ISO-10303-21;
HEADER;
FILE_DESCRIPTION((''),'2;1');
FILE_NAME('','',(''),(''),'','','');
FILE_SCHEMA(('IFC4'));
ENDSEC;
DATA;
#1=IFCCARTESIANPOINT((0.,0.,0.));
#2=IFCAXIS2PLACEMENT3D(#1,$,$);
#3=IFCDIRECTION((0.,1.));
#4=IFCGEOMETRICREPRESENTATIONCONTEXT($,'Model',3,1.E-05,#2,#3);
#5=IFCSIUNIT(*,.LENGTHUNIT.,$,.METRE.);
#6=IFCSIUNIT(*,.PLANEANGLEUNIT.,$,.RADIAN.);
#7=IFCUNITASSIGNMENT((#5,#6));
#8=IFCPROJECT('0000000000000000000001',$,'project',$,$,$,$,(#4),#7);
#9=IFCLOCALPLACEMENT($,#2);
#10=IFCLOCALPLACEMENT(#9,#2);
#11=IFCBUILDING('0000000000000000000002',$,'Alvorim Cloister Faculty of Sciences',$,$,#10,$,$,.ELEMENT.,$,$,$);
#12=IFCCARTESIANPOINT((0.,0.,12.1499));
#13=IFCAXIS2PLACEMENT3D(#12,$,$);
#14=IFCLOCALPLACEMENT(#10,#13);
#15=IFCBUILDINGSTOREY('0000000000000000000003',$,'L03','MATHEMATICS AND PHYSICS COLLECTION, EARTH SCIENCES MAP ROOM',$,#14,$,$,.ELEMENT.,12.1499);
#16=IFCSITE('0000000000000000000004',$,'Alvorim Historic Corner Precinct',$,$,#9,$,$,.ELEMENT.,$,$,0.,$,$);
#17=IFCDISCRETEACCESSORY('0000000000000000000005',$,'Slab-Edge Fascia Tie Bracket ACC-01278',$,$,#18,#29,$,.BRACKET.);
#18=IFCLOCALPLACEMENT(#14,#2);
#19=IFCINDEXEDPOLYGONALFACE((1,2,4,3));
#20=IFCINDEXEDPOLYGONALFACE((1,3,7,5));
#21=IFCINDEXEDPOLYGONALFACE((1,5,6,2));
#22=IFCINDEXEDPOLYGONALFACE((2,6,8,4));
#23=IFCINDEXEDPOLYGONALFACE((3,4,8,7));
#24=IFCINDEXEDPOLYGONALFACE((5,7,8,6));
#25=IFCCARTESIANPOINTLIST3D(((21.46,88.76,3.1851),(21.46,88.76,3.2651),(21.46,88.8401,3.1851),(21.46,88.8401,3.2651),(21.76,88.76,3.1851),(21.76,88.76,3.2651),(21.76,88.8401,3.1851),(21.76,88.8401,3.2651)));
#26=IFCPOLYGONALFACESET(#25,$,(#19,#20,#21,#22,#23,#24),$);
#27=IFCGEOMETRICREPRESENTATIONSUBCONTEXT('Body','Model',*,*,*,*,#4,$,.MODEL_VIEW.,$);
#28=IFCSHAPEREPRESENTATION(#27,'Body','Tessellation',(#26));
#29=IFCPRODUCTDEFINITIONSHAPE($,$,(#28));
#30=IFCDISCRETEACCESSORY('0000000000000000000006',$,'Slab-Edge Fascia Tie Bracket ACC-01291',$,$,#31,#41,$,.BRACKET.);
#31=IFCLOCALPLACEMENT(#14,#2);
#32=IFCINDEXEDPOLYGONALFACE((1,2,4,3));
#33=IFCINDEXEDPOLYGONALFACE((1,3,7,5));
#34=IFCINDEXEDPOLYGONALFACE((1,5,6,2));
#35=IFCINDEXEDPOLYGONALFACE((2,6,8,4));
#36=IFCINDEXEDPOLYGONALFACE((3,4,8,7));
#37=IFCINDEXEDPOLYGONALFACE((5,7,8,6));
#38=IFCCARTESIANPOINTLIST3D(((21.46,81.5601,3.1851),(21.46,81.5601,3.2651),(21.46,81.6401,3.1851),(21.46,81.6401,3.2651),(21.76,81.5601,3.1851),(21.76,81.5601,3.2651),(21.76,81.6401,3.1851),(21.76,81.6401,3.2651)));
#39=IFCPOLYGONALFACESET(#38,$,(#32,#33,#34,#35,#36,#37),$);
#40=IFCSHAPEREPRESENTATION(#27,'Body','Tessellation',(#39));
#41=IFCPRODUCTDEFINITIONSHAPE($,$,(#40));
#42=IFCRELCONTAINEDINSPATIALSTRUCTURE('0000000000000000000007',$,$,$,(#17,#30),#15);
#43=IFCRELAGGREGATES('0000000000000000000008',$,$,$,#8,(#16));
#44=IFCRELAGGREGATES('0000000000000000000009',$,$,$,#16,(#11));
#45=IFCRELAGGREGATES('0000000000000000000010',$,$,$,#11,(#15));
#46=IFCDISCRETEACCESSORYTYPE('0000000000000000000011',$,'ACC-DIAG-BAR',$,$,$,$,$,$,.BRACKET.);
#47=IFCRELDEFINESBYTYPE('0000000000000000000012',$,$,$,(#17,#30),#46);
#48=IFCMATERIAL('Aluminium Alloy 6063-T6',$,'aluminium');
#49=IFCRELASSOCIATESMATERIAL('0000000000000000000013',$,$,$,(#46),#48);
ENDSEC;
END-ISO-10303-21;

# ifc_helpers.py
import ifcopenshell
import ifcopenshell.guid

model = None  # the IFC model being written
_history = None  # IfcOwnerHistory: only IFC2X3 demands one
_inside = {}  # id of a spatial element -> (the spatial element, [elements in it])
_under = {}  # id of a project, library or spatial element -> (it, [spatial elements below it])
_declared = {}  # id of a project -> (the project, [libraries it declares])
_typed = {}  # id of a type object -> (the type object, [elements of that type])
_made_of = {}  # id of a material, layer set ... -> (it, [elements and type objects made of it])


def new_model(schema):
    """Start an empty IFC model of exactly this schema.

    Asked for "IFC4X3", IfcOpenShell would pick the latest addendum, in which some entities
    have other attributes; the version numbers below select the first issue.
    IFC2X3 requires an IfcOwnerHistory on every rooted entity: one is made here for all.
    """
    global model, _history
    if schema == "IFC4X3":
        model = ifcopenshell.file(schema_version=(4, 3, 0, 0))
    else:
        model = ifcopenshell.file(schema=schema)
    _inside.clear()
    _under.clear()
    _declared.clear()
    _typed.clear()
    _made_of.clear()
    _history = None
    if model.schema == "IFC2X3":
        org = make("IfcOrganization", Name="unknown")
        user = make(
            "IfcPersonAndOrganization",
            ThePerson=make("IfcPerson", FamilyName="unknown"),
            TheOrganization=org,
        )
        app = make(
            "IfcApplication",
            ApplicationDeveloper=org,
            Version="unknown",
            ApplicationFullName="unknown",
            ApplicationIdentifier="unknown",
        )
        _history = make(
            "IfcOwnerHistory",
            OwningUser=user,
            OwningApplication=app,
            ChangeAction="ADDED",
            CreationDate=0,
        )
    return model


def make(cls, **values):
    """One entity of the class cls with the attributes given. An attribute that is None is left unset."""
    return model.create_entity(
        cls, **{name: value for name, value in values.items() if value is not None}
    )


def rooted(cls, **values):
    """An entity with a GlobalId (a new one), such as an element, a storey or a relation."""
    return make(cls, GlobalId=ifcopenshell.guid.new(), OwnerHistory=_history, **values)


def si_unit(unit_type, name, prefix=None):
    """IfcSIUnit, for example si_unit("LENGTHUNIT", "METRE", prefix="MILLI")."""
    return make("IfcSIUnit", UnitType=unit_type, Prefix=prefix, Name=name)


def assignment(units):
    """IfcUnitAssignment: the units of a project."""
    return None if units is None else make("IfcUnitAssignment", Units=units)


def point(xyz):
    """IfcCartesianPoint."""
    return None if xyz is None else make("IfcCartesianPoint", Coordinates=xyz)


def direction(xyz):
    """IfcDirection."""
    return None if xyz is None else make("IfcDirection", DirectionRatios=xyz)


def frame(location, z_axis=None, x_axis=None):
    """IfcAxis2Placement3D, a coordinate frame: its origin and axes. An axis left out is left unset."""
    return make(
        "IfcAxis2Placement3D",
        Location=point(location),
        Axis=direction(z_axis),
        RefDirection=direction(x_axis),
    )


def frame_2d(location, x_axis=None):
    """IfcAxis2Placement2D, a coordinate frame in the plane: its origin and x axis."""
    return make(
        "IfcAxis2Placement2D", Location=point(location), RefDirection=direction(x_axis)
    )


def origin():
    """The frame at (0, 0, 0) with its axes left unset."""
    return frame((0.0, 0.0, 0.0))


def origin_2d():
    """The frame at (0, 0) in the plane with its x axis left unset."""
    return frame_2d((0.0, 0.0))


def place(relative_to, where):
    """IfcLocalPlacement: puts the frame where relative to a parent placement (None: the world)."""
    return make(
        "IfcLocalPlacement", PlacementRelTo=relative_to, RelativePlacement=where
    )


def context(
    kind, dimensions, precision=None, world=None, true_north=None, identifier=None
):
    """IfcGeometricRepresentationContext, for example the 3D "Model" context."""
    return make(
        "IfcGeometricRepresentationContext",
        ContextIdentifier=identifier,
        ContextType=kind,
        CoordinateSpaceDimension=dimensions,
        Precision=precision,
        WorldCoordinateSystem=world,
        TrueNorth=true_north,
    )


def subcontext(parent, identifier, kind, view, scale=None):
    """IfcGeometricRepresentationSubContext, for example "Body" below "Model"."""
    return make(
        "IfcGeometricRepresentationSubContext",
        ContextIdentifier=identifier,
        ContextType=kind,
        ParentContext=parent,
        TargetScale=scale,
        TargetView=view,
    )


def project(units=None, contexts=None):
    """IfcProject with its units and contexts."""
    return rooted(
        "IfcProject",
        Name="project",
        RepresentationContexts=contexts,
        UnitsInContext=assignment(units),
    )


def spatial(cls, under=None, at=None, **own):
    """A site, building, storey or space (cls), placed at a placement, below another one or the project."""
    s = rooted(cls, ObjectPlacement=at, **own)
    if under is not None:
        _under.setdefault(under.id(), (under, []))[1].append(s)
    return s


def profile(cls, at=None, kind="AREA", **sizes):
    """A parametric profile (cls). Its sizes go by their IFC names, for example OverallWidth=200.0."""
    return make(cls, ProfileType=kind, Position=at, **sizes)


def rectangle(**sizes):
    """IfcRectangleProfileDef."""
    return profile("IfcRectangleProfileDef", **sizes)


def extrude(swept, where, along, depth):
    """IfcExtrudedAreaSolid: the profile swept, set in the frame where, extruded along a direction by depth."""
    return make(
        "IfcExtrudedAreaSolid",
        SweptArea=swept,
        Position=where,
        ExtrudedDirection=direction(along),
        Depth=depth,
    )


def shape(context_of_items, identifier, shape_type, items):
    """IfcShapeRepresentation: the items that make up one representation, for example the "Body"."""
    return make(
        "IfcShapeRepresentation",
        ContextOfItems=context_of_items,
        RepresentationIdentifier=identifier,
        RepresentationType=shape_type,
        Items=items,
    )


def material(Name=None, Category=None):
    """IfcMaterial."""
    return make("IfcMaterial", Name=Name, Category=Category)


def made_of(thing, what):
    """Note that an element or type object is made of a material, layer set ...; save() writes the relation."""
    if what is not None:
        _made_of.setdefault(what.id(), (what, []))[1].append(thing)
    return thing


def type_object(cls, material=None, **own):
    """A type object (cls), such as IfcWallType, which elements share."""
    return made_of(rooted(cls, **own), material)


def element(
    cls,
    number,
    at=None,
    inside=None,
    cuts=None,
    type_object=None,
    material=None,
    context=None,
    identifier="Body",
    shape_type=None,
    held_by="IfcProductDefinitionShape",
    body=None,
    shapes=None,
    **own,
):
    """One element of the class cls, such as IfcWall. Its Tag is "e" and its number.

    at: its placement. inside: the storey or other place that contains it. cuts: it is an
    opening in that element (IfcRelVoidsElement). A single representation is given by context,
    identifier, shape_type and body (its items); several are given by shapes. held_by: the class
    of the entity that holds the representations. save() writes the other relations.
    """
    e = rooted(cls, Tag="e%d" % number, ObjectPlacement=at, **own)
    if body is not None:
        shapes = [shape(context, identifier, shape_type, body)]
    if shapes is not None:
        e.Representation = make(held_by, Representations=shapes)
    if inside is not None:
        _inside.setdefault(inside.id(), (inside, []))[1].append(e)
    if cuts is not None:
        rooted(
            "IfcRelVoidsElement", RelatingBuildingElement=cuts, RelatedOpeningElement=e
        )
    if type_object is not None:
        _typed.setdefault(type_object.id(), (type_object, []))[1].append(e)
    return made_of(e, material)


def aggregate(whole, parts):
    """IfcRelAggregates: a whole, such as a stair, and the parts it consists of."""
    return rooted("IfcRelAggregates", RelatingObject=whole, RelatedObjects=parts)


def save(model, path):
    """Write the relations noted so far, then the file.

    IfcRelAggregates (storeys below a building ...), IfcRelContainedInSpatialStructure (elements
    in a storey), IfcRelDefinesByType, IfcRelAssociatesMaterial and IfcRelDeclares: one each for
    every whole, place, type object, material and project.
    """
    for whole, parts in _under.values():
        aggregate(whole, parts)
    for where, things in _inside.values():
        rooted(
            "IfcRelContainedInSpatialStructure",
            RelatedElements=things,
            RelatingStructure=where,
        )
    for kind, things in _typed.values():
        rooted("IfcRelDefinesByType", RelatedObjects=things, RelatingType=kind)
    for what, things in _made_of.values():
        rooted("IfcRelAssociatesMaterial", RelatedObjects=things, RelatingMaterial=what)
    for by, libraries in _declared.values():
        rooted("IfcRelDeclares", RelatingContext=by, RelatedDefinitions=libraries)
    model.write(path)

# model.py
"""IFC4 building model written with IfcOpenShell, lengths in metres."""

from ifc_helpers import new_model, si_unit, direction, frame, origin, origin_2d, place, context, subcontext, project, spatial, rectangle, extrude, material, type_object, element, save


model = new_model("IFC4")

# Units and contexts
model_context = context("Model", 3, precision=1e-05, world=origin(), true_north=direction((0.0, 1.0)))
body_context = subcontext(model_context, "Body", "Model", "MODEL_VIEW")
ifc_project = project(units=[si_unit("LENGTHUNIT", "METRE"), si_unit("PLANEANGLEUNIT", "RADIAN")], contexts=[model_context])

# Site, building, storey
site_placement = place(None, origin())
site = spatial("IfcSite", under=ifc_project, at=site_placement, Name="Alvorim Historic Corner Precinct", CompositionType="ELEMENT", RefElevation=0.0)
building_placement = place(site_placement, origin())
building = spatial("IfcBuilding", under=site, at=building_placement, Name="Alvorim Cloister Faculty of Sciences", CompositionType="ELEMENT")
storey_placement = place(building_placement, frame((0.0, 0.0, 12.1499)))
storey = spatial("IfcBuildingStorey", under=building, at=storey_placement, Name="L03", Description="MATHEMATICS AND PHYSICS COLLECTION, EARTH SCIENCES MAP ROOM", CompositionType="ELEMENT", Elevation=12.1499)

# Shared definitions
ifc_material_1 = material(Name="Aluminium Alloy 6063-T6", Category="aluminium")

# Discrete accessories
discrete_accessory_type = type_object("IfcDiscreteAccessoryType", Name="ACC-DIAG-BAR", PredefinedType="BRACKET", material=ifc_material_1)
for number, where, z_axis, x_axis, name in (
    (1, (21.46, 88.8, 3.2251), (1.0, 0.0, 0.0), (0.0, 1.0, 0.0), "Slab-Edge Fascia Tie Bracket ACC-01278"),
    (2, (21.46, 81.6001, 3.2251), (1.0, 0.0, 0.0), (0.0, 1.0, 0.0), "Slab-Edge Fascia Tie Bracket ACC-01291"),
):
    element("IfcDiscreteAccessory", number, at=place(storey_placement, frame(where, z_axis=z_axis, x_axis=x_axis)), inside=storey, type_object=discrete_accessory_type, Name=name, PredefinedType="BRACKET", context=body_context, shape_type="SweptSolid", body=[
        extrude(rectangle(XDim=0.0801, YDim=0.0801, at=origin_2d()), origin(), (0.0, 0.0, 1.0), 0.3),
    ])

save(model, "model.ifc")
